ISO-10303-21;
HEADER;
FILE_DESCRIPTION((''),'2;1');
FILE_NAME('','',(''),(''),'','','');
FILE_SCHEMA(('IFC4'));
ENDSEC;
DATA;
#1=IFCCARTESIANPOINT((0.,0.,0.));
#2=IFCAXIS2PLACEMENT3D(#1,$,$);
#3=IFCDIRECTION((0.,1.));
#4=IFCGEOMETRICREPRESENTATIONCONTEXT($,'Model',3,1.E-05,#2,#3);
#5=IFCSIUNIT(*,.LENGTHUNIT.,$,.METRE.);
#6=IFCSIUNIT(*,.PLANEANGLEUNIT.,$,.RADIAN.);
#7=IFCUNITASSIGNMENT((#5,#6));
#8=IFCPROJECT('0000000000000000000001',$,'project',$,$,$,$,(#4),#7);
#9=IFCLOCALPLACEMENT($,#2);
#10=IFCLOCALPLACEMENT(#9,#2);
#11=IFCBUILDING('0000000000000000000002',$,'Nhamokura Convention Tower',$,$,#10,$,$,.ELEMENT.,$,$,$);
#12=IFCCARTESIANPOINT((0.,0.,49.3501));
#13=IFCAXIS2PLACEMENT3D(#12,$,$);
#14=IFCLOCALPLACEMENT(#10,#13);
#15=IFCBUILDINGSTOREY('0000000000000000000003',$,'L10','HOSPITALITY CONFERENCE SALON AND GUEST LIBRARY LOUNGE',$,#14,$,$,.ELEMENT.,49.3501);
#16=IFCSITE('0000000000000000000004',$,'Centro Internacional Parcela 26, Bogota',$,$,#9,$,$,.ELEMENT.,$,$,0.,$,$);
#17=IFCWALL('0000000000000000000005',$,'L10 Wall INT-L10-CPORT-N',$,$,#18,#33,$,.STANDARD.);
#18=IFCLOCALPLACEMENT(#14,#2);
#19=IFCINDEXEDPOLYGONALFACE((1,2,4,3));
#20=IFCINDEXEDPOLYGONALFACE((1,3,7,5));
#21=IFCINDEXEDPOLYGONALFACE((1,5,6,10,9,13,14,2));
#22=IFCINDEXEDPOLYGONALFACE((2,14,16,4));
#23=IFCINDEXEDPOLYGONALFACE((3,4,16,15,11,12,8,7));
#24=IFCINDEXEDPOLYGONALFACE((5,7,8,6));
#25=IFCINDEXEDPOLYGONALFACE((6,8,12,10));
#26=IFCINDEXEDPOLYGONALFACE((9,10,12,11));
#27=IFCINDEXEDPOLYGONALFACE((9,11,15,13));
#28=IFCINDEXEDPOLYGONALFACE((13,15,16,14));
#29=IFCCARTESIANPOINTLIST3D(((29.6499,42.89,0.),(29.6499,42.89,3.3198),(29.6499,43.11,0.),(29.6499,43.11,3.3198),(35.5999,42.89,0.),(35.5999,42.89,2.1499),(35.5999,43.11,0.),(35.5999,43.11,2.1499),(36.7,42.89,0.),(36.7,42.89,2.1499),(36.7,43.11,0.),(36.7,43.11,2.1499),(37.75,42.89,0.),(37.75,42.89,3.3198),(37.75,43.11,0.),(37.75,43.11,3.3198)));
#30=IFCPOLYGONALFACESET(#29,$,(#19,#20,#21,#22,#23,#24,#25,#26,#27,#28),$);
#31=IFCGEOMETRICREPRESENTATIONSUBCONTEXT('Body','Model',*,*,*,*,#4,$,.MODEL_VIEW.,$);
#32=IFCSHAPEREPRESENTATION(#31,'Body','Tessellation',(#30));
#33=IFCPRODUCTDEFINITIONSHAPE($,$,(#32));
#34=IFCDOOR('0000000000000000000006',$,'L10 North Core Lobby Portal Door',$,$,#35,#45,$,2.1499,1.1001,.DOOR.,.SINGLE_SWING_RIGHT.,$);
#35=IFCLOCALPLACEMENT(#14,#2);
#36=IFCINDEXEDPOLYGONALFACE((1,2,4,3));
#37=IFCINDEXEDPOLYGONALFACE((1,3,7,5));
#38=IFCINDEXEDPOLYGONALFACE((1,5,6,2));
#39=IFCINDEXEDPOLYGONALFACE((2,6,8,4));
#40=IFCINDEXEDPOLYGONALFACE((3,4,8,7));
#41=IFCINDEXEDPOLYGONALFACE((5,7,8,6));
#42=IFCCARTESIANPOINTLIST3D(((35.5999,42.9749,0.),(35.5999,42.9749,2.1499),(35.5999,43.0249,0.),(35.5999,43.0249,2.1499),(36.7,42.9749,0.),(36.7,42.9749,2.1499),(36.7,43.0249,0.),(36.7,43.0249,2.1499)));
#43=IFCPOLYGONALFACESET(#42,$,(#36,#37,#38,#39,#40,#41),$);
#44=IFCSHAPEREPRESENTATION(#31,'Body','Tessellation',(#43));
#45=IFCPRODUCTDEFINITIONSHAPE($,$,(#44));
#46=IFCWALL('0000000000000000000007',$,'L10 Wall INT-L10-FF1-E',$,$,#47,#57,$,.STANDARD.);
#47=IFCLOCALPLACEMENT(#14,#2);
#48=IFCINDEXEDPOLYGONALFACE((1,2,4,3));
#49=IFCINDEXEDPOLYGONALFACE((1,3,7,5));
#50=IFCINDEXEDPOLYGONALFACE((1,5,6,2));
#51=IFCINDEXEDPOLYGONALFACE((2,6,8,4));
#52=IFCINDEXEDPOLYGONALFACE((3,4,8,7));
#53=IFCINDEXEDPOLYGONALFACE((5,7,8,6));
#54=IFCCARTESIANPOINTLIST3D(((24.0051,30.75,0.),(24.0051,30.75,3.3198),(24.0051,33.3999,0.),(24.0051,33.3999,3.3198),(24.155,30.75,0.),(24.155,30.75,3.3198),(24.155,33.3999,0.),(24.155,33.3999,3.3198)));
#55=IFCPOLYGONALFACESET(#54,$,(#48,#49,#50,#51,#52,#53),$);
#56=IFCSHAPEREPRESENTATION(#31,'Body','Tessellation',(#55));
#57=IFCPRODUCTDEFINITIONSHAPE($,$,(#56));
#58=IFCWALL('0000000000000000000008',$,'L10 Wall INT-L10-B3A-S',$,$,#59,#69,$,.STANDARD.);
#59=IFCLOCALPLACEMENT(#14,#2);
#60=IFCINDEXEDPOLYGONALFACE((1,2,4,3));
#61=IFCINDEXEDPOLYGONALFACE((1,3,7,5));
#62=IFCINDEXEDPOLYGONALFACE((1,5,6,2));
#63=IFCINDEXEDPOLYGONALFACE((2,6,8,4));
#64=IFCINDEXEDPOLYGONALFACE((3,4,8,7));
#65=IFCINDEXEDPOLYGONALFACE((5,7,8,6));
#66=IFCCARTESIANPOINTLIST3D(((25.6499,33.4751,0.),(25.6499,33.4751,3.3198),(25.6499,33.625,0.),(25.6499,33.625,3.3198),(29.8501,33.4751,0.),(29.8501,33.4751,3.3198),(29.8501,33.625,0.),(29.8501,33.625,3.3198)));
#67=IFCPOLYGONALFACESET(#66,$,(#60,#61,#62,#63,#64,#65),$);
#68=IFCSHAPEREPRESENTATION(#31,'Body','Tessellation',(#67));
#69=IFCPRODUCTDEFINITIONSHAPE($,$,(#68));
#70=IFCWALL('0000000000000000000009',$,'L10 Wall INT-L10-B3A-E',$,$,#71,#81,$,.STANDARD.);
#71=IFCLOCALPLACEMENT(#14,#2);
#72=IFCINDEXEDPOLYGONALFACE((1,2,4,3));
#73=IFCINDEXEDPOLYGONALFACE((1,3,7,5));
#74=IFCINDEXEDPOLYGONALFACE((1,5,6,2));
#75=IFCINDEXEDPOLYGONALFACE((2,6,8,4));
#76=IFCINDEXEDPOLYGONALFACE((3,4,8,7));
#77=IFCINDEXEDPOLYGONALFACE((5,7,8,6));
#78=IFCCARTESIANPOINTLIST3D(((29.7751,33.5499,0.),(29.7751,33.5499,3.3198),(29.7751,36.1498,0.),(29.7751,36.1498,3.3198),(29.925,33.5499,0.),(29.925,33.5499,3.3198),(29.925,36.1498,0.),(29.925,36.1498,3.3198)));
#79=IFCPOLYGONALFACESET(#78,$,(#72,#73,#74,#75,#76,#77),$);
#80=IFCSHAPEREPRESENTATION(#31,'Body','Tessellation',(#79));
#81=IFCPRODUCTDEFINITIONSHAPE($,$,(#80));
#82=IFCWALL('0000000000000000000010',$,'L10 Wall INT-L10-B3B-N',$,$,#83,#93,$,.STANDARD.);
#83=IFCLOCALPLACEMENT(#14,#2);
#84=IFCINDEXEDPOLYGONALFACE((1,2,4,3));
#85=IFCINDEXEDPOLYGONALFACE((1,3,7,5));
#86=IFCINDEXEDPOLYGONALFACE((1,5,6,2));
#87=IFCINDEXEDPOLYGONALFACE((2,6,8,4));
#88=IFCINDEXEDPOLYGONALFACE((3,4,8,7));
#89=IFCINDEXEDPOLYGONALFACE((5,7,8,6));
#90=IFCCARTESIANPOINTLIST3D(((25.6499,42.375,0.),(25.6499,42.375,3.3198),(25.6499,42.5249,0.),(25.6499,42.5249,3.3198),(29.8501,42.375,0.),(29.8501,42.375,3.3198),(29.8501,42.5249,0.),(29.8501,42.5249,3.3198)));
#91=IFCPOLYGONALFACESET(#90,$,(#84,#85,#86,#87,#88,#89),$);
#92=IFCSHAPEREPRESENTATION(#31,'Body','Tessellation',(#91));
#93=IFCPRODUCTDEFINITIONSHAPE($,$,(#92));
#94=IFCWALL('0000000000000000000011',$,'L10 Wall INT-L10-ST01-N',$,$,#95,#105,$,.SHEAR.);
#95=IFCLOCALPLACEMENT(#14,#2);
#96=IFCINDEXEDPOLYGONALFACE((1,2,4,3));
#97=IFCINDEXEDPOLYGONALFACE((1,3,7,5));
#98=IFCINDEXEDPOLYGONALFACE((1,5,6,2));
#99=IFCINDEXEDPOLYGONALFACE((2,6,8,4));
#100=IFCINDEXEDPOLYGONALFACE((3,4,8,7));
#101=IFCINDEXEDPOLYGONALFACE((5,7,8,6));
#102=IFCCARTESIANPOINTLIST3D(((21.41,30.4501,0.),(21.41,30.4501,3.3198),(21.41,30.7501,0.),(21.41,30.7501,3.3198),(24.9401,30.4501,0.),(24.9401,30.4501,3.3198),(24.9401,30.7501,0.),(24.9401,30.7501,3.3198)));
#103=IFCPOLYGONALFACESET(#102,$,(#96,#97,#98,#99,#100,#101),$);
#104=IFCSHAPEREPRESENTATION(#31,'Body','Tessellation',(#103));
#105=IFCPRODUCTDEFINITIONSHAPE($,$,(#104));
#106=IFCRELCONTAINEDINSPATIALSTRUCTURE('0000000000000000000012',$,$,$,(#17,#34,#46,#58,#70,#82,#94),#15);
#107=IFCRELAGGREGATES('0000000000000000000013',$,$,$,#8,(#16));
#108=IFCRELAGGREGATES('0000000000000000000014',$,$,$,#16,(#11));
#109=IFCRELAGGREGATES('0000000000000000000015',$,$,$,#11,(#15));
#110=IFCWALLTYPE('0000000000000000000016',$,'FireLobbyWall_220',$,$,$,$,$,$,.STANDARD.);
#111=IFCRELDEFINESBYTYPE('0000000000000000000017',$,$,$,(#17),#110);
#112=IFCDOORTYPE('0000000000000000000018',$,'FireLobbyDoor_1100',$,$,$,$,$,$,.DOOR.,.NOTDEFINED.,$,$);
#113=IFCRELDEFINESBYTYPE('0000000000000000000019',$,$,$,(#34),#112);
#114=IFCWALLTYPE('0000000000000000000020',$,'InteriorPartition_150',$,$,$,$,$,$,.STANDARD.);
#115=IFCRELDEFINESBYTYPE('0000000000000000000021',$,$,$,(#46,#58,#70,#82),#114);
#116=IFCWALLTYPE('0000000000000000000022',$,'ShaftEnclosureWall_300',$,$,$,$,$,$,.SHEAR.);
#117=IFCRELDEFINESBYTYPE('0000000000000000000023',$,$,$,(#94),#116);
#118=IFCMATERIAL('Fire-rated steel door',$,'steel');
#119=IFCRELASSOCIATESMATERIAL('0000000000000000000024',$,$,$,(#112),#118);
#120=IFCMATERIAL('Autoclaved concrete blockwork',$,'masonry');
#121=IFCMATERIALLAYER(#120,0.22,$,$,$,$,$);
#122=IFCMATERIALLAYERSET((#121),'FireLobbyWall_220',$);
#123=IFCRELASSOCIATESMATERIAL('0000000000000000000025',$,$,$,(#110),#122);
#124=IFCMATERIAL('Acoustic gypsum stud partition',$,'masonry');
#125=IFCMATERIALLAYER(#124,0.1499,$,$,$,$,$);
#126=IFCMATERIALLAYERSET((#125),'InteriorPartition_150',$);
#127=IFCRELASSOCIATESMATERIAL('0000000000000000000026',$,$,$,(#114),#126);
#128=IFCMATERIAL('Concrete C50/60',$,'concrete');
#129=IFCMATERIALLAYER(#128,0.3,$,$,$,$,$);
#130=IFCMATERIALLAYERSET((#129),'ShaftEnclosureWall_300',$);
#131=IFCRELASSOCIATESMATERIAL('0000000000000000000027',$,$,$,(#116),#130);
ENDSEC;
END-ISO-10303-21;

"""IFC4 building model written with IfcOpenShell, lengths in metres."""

from ifc_helpers import new_model, si_unit, direction, frame, frame_2d, origin, place, context, subcontext, project, spatial, rectangle, extrude, material, layer, layer_set, type_object, element, fill, save


model = new_model("IFC4")

# Units and contexts
model_context = context("Model", 3, precision=1e-05, world=origin(), true_north=direction((0.0, 1.0)))
body_context = subcontext(model_context, "Body", "Model", "MODEL_VIEW")
ifc_project = project(units=[si_unit("LENGTHUNIT", "METRE"), si_unit("PLANEANGLEUNIT", "RADIAN")], contexts=[model_context])

# Site, building, storey
site_placement = place(None, origin())
site = spatial("IfcSite", under=ifc_project, at=site_placement, Name="Centro Internacional Parcela 26, Bogota", CompositionType="ELEMENT", RefElevation=0.0)
building_placement = place(site_placement, origin())
building = spatial("IfcBuilding", under=site, at=building_placement, Name="Nhamokura Convention Tower", CompositionType="ELEMENT")
storey_placement = place(building_placement, frame((0.0, 0.0, 49.3501)))
storey = spatial("IfcBuildingStorey", under=building, at=storey_placement, Name="L10", Description="HOSPITALITY CONFERENCE SALON AND GUEST LIBRARY LOUNGE", CompositionType="ELEMENT", Elevation=49.3501)

# Shared definitions
ifc_material_1 = material(Name="Fire-rated steel door", Category="steel")
door_type_1 = type_object("IfcDoorType", Name="FireLobbyDoor_1100", OperationType="NOTDEFINED", PredefinedType="DOOR", material=ifc_material_1)

# Shared definitions
ifc_material_2 = material(Name="Autoclaved concrete blockwork", Category="masonry")
ifc_layer_1 = layer(ifc_material_2, 0.22)
ifc_layer_set_1 = layer_set([ifc_layer_1], Name="FireLobbyWall_220")
wall_type_1 = type_object("IfcWallType", Name="FireLobbyWall_220", PredefinedType="STANDARD", material=ifc_layer_set_1)

# Wall, opening, door
wall_1_placement = place(storey_placement, frame((29.6499, 43.0, 0.0), z_axis=(0.0, 0.0, 1.0), x_axis=(1.0, 0.0, 0.0)))
wall_1 = element("IfcWall", 1, at=wall_1_placement, inside=storey, type_object=wall_type_1, Name="L10 Wall INT-L10-CPORT-N", PredefinedType="STANDARD", context=body_context, shape_type="SweptSolid", body=[
    extrude(rectangle(XDim=8.1001, YDim=0.22, at=frame_2d((4.05, 0.0))), origin(), (0.0, 0.0, 1.0), 3.3198),
])
opening_1_placement = place(wall_1_placement, frame((5.95, 0.0, 0.0)))
opening_1 = element("IfcOpeningElement", 2, at=opening_1_placement, cuts=wall_1, PredefinedType="OPENING", context=body_context, shape_type="SweptSolid", body=[
    extrude(rectangle(XDim=1.1001, YDim=2.1499, at=frame_2d((0.55, 1.075))), frame((0.0, 0.1199, 0.0), z_axis=(0.0, -1.0, 0.0), x_axis=(1.0, 0.0, 0.0)), (0.0, 0.0, 1.0), 0.24),
])
door_1_placement = place(opening_1_placement, origin())
door_1 = element("IfcDoor", 3, at=door_1_placement, inside=storey, type_object=door_type_1, Name="L10 North Core Lobby Portal Door", OperationType="SINGLE_SWING_RIGHT", OverallHeight=2.1499, OverallWidth=1.1001, PredefinedType="DOOR", context=body_context, shape_type="SweptSolid", body=[
    extrude(rectangle(XDim=1.1001, YDim=2.1499, at=frame_2d((0.55, 1.075))), frame((0.0, 0.0249, 0.0), z_axis=(0.0, -1.0, 0.0), x_axis=(1.0, 0.0, 0.0)), (0.0, 0.0, 1.0), 0.05),
])
fill(opening_1, door_1)

# Walls
ifc_material_3 = material(Name="Acoustic gypsum stud partition", Category="masonry")
ifc_layer_2 = layer(ifc_material_3, 0.1499)
ifc_layer_set_2 = layer_set([ifc_layer_2], Name="InteriorPartition_150")
wall_type_2 = type_object("IfcWallType", Name="InteriorPartition_150", PredefinedType="STANDARD", material=ifc_layer_set_2)
wall_2_placement = place(storey_placement, frame((24.0801, 30.75, 0.0), z_axis=(0.0, 0.0, 1.0), x_axis=(0.0, 1.0, 0.0)))
element("IfcWall", 4, at=wall_2_placement, inside=storey, type_object=wall_type_2, Name="L10 Wall INT-L10-FF1-E", PredefinedType="STANDARD", context=body_context, shape_type="SweptSolid", body=[
    extrude(rectangle(XDim=2.6499, YDim=0.1499, at=frame_2d((1.325, 0.0))), origin(), (0.0, 0.0, 1.0), 3.3198),
])
wall_3_placement = place(storey_placement, frame((25.6499, 33.55, 0.0), z_axis=(0.0, 0.0, 1.0), x_axis=(1.0, 0.0, 0.0)))
element("IfcWall", 5, at=wall_3_placement, inside=storey, type_object=wall_type_2, Name="L10 Wall INT-L10-B3A-S", PredefinedType="STANDARD", context=body_context, shape_type="SweptSolid", body=[
    extrude(rectangle(XDim=4.2002, YDim=0.1499, at=frame_2d((2.1001, 0.0))), origin(), (0.0, 0.0, 1.0), 3.3198),
])
wall_4_placement = place(storey_placement, frame((29.8501, 33.55, 0.0), z_axis=(0.0, 0.0, 1.0), x_axis=(0.0, 1.0, 0.0)))
element("IfcWall", 6, at=wall_4_placement, inside=storey, type_object=wall_type_2, Name="L10 Wall INT-L10-B3A-E", PredefinedType="STANDARD", context=body_context, shape_type="SweptSolid", body=[
    extrude(rectangle(XDim=2.5999, YDim=0.1499, at=frame_2d((1.2998, 0.0))), origin(), (0.0, 0.0, 1.0), 3.3198),
])
wall_5_placement = place(storey_placement, frame((25.6499, 42.45, 0.0), z_axis=(0.0, 0.0, 1.0), x_axis=(1.0, 0.0, 0.0)))
element("IfcWall", 7, at=wall_5_placement, inside=storey, type_object=wall_type_2, Name="L10 Wall INT-L10-B3B-N", PredefinedType="STANDARD", context=body_context, shape_type="SweptSolid", body=[
    extrude(rectangle(XDim=4.2002, YDim=0.1499, at=frame_2d((2.1001, 0.0))), origin(), (0.0, 0.0, 1.0), 3.3198),
])
ifc_material_4 = material(Name="Concrete C50/60", Category="concrete")
ifc_layer_3 = layer(ifc_material_4, 0.3)
ifc_layer_set_3 = layer_set([ifc_layer_3], Name="ShaftEnclosureWall_300")
wall_type_3 = type_object("IfcWallType", Name="ShaftEnclosureWall_300", PredefinedType="SHEAR", material=ifc_layer_set_3)
wall_6_placement = place(storey_placement, frame((21.4099, 30.6001, 0.0), z_axis=(0.0, 0.0, 1.0), x_axis=(1.0, 0.0, 0.0)))
element("IfcWall", 8, at=wall_6_placement, inside=storey, type_object=wall_type_3, Name="L10 Wall INT-L10-ST01-N", PredefinedType="SHEAR", context=body_context, shape_type="SweptSolid", body=[
    extrude(rectangle(XDim=3.53, YDim=0.3, at=frame_2d((1.7651, 0.0))), origin(), (0.0, 0.0, 1.0), 3.3198),
])

save(model, "model.ifc")
